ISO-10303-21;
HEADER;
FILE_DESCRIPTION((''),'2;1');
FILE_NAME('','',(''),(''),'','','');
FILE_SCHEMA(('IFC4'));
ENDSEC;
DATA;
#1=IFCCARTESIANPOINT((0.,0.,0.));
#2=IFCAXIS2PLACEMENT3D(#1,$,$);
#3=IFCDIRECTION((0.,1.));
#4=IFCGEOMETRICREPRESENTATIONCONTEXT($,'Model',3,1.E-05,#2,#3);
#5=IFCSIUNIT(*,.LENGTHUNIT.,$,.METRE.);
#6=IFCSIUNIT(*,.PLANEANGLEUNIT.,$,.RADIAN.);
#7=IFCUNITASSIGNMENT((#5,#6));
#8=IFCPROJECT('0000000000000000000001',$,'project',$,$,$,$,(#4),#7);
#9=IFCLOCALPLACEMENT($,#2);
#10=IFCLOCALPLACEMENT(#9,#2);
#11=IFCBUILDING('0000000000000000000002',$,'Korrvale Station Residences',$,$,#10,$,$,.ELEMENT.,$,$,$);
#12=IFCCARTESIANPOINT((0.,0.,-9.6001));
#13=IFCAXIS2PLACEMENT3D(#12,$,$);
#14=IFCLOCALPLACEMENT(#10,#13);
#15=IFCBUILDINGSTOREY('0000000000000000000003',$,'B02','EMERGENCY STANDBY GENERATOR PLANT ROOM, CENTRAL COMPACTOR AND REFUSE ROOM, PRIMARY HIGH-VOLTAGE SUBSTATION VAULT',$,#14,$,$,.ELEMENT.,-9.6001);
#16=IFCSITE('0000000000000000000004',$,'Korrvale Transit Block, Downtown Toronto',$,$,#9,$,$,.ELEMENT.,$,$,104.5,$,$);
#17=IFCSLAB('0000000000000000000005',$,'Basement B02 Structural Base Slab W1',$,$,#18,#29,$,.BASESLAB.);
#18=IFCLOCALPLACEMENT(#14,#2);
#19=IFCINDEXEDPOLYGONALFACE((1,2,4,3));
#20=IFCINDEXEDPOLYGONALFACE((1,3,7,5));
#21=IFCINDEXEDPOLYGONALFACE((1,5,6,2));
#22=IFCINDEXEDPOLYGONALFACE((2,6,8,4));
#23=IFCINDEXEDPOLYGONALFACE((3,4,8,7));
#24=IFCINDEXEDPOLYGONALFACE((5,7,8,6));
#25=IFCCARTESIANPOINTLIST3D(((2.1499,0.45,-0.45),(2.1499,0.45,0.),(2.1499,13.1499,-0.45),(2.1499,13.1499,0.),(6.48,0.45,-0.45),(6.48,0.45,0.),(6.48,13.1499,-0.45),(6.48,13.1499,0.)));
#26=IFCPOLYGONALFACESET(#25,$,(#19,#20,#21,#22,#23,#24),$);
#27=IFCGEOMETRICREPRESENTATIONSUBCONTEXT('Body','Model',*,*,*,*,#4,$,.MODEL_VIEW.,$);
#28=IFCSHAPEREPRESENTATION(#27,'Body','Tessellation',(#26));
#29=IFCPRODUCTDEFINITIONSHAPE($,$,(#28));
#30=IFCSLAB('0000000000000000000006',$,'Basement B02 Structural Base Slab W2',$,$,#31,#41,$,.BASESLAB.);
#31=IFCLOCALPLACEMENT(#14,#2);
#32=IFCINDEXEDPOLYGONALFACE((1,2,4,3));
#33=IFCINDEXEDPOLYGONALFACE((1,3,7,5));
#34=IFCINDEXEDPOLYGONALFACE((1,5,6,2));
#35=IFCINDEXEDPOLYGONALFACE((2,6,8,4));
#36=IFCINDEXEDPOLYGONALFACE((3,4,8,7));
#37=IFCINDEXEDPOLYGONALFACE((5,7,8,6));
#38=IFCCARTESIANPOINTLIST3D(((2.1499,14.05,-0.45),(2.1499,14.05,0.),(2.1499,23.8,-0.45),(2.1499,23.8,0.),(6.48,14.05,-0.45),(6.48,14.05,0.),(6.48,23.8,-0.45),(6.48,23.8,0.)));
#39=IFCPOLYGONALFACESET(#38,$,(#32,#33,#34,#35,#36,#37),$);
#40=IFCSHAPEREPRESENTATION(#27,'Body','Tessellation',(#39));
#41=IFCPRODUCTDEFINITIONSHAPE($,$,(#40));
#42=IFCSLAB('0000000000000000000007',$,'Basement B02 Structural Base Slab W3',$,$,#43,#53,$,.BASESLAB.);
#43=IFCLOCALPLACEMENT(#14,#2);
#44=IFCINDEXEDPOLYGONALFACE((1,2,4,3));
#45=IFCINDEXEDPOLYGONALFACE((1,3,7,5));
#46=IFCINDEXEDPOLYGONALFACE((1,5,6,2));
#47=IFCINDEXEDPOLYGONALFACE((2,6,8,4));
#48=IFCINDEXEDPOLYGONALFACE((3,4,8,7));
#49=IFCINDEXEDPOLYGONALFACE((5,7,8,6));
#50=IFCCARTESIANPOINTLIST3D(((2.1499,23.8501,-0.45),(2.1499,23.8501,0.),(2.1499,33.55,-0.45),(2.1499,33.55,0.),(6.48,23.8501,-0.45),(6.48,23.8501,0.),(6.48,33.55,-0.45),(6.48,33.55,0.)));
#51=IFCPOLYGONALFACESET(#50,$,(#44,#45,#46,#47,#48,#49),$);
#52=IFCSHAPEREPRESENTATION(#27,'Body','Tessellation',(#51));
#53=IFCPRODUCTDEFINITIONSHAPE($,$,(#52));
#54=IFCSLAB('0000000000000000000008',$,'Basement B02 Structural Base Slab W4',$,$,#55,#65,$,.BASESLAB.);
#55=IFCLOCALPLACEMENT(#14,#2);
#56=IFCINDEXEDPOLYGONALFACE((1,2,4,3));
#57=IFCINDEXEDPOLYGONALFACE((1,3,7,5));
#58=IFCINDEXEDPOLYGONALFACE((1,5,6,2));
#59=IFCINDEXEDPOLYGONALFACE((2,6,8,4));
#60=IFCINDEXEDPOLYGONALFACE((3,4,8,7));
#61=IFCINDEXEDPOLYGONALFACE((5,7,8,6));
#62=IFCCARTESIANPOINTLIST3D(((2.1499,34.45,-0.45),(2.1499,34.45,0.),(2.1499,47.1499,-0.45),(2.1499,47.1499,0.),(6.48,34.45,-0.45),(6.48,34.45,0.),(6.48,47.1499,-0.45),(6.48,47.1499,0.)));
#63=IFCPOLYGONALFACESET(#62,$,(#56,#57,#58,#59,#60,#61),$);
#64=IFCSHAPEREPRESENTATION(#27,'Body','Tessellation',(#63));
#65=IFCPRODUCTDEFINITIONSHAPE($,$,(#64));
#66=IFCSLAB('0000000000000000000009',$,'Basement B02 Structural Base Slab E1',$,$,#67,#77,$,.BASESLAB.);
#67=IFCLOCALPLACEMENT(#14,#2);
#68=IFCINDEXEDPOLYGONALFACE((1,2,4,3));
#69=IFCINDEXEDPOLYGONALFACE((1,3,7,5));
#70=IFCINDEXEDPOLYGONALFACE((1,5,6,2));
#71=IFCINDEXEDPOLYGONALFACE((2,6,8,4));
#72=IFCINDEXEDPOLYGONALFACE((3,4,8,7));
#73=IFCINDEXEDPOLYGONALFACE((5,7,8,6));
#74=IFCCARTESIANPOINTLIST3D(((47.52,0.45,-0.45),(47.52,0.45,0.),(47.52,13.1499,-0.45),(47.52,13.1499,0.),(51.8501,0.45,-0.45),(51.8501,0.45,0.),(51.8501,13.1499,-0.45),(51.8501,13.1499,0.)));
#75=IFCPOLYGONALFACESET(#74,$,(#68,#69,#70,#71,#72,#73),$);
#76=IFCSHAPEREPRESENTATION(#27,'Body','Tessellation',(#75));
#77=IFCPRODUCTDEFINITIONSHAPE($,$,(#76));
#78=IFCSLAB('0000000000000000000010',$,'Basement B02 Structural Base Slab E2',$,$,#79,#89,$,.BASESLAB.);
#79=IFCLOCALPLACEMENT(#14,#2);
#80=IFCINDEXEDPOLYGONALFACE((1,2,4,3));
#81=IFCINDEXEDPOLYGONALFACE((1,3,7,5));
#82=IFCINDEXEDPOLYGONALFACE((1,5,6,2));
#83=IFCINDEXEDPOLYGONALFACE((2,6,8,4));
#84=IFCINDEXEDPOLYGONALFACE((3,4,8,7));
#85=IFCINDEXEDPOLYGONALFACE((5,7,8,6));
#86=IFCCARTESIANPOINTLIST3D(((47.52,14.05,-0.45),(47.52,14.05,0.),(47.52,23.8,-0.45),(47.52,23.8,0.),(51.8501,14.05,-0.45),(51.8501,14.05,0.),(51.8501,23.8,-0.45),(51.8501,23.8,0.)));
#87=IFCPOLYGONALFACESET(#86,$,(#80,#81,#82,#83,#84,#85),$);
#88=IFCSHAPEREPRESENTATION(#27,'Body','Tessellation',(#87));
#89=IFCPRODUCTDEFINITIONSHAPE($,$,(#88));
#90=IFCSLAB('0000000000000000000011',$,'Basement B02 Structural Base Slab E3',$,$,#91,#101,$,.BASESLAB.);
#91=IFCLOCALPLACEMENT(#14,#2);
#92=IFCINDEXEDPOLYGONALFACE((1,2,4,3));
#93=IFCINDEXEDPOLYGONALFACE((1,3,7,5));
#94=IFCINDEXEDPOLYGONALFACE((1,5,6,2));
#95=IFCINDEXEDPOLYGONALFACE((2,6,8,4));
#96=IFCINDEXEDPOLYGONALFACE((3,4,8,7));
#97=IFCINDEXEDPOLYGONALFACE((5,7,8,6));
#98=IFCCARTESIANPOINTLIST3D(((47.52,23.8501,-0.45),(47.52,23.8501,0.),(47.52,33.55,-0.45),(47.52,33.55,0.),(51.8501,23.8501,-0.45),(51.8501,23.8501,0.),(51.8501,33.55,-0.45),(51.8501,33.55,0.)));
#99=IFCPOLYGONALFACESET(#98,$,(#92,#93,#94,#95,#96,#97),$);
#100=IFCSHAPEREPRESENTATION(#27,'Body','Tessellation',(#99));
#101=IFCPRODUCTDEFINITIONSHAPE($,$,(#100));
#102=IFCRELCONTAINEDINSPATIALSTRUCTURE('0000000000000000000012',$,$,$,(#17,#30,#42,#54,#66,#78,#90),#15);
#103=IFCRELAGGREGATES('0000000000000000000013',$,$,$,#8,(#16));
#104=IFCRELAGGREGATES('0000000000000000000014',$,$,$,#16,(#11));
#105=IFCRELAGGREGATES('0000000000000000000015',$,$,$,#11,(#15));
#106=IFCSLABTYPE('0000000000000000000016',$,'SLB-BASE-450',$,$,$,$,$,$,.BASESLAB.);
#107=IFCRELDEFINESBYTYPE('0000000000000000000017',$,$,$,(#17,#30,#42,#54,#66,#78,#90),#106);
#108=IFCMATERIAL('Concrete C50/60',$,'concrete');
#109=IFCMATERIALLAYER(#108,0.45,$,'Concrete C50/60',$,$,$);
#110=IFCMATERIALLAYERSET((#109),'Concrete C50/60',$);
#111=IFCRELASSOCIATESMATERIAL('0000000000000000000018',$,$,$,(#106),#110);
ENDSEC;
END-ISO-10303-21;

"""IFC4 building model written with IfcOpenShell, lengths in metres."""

from ifc_helpers import new_model, si_unit, direction, frame, origin, place, context, subcontext, project, spatial, polyline, outline, extrude, material, layer, layer_set, type_object, element, save


model = new_model("IFC4")

# Units and contexts
model_context = context("Model", 3, precision=1e-05, world=origin(), true_north=direction((0.0, 1.0)))
body_context = subcontext(model_context, "Body", "Model", "MODEL_VIEW")
ifc_project = project(units=[si_unit("LENGTHUNIT", "METRE"), si_unit("PLANEANGLEUNIT", "RADIAN")], contexts=[model_context])

# Site, building, storey
site_placement = place(None, origin())
site = spatial("IfcSite", under=ifc_project, at=site_placement, Name="Korrvale Transit Block, Downtown Toronto", CompositionType="ELEMENT", RefElevation=104.5)
building_placement = place(site_placement, origin())
building = spatial("IfcBuilding", under=site, at=building_placement, Name="Korrvale Station Residences", CompositionType="ELEMENT")
storey_placement = place(building_placement, frame((0.0, 0.0, -9.6001)))
storey = spatial("IfcBuildingStorey", under=building, at=storey_placement, Name="B02", Description="EMERGENCY STANDBY GENERATOR PLANT ROOM, CENTRAL COMPACTOR AND REFUSE ROOM, PRIMARY HIGH-VOLTAGE SUBSTATION VAULT", CompositionType="ELEMENT", Elevation=-9.6001)

# Shared definitions
ifc_material = material(Name="Concrete C50/60", Category="concrete")

# Slabs
ifc_layer_1 = layer(ifc_material, 0.45, Name="Concrete C50/60")
ifc_layer_set_1 = layer_set([ifc_layer_1], Name="Concrete C50/60")
slab_type = type_object("IfcSlabType", Name="SLB-BASE-450", PredefinedType="BASESLAB", material=ifc_layer_set_1)
slab_1_placement = place(storey_placement, frame((0.0, 0.0, -0.45)))
element("IfcSlab", 1, at=slab_1_placement, inside=storey, type_object=slab_type, Name="Basement B02 Structural Base Slab W1", PredefinedType="BASESLAB", context=body_context, shape_type="SweptSolid", body=[
    extrude(outline(polyline([(2.1499, 0.45), (6.48, 0.45), (6.48, 13.1499), (2.1499, 13.1499), (2.1499, 0.45)])), origin(), (0.0, 0.0, 1.0), 0.45),
])
slab_2_placement = place(storey_placement, frame((0.0, 0.0, -0.45)))
element("IfcSlab", 2, at=slab_2_placement, inside=storey, type_object=slab_type, Name="Basement B02 Structural Base Slab W2", PredefinedType="BASESLAB", context=body_context, shape_type="SweptSolid", body=[
    extrude(outline(polyline([(2.1499, 14.05), (6.48, 14.05), (6.48, 23.8), (2.1499, 23.8), (2.1499, 14.05)])), origin(), (0.0, 0.0, 1.0), 0.45),
])
slab_3_placement = place(storey_placement, frame((0.0, 0.0, -0.45)))
element("IfcSlab", 3, at=slab_3_placement, inside=storey, type_object=slab_type, Name="Basement B02 Structural Base Slab W3", PredefinedType="BASESLAB", context=body_context, shape_type="SweptSolid", body=[
    extrude(outline(polyline([(2.1499, 23.8501), (6.48, 23.8501), (6.48, 33.55), (2.1499, 33.55), (2.1499, 23.8501)])), origin(), (0.0, 0.0, 1.0), 0.45),
])
slab_4_placement = place(storey_placement, frame((0.0, 0.0, -0.45)))
element("IfcSlab", 4, at=slab_4_placement, inside=storey, type_object=slab_type, Name="Basement B02 Structural Base Slab W4", PredefinedType="BASESLAB", context=body_context, shape_type="SweptSolid", body=[
    extrude(outline(polyline([(2.1499, 34.45), (6.48, 34.45), (6.48, 47.1499), (2.1499, 47.1499), (2.1499, 34.45)])), origin(), (0.0, 0.0, 1.0), 0.45),
])
slab_5_placement = place(storey_placement, frame((0.0, 0.0, -0.45)))
element("IfcSlab", 5, at=slab_5_placement, inside=storey, type_object=slab_type, Name="Basement B02 Structural Base Slab E1", PredefinedType="BASESLAB", context=body_context, shape_type="SweptSolid", body=[
    extrude(outline(polyline([(47.52, 0.45), (51.8501, 0.45), (51.8501, 13.1499), (47.52, 13.1499), (47.52, 0.45)])), origin(), (0.0, 0.0, 1.0), 0.45),
])
slab_6_placement = place(storey_placement, frame((0.0, 0.0, -0.45)))
element("IfcSlab", 6, at=slab_6_placement, inside=storey, type_object=slab_type, Name="Basement B02 Structural Base Slab E2", PredefinedType="BASESLAB", context=body_context, shape_type="SweptSolid", body=[
    extrude(outline(polyline([(47.52, 14.05), (51.8501, 14.05), (51.8501, 23.8), (47.52, 23.8), (47.52, 14.05)])), origin(), (0.0, 0.0, 1.0), 0.45),
])
slab_7_placement = place(storey_placement, frame((0.0, 0.0, -0.45)))
element("IfcSlab", 7, at=slab_7_placement, inside=storey, type_object=slab_type, Name="Basement B02 Structural Base Slab E3", PredefinedType="BASESLAB", context=body_context, shape_type="SweptSolid", body=[
    extrude(outline(polyline([(47.52, 23.8501), (51.8501, 23.8501), (51.8501, 33.55), (47.52, 33.55), (47.52, 23.8501)])), origin(), (0.0, 0.0, 1.0), 0.45),
])

save(model, "model.ifc")
